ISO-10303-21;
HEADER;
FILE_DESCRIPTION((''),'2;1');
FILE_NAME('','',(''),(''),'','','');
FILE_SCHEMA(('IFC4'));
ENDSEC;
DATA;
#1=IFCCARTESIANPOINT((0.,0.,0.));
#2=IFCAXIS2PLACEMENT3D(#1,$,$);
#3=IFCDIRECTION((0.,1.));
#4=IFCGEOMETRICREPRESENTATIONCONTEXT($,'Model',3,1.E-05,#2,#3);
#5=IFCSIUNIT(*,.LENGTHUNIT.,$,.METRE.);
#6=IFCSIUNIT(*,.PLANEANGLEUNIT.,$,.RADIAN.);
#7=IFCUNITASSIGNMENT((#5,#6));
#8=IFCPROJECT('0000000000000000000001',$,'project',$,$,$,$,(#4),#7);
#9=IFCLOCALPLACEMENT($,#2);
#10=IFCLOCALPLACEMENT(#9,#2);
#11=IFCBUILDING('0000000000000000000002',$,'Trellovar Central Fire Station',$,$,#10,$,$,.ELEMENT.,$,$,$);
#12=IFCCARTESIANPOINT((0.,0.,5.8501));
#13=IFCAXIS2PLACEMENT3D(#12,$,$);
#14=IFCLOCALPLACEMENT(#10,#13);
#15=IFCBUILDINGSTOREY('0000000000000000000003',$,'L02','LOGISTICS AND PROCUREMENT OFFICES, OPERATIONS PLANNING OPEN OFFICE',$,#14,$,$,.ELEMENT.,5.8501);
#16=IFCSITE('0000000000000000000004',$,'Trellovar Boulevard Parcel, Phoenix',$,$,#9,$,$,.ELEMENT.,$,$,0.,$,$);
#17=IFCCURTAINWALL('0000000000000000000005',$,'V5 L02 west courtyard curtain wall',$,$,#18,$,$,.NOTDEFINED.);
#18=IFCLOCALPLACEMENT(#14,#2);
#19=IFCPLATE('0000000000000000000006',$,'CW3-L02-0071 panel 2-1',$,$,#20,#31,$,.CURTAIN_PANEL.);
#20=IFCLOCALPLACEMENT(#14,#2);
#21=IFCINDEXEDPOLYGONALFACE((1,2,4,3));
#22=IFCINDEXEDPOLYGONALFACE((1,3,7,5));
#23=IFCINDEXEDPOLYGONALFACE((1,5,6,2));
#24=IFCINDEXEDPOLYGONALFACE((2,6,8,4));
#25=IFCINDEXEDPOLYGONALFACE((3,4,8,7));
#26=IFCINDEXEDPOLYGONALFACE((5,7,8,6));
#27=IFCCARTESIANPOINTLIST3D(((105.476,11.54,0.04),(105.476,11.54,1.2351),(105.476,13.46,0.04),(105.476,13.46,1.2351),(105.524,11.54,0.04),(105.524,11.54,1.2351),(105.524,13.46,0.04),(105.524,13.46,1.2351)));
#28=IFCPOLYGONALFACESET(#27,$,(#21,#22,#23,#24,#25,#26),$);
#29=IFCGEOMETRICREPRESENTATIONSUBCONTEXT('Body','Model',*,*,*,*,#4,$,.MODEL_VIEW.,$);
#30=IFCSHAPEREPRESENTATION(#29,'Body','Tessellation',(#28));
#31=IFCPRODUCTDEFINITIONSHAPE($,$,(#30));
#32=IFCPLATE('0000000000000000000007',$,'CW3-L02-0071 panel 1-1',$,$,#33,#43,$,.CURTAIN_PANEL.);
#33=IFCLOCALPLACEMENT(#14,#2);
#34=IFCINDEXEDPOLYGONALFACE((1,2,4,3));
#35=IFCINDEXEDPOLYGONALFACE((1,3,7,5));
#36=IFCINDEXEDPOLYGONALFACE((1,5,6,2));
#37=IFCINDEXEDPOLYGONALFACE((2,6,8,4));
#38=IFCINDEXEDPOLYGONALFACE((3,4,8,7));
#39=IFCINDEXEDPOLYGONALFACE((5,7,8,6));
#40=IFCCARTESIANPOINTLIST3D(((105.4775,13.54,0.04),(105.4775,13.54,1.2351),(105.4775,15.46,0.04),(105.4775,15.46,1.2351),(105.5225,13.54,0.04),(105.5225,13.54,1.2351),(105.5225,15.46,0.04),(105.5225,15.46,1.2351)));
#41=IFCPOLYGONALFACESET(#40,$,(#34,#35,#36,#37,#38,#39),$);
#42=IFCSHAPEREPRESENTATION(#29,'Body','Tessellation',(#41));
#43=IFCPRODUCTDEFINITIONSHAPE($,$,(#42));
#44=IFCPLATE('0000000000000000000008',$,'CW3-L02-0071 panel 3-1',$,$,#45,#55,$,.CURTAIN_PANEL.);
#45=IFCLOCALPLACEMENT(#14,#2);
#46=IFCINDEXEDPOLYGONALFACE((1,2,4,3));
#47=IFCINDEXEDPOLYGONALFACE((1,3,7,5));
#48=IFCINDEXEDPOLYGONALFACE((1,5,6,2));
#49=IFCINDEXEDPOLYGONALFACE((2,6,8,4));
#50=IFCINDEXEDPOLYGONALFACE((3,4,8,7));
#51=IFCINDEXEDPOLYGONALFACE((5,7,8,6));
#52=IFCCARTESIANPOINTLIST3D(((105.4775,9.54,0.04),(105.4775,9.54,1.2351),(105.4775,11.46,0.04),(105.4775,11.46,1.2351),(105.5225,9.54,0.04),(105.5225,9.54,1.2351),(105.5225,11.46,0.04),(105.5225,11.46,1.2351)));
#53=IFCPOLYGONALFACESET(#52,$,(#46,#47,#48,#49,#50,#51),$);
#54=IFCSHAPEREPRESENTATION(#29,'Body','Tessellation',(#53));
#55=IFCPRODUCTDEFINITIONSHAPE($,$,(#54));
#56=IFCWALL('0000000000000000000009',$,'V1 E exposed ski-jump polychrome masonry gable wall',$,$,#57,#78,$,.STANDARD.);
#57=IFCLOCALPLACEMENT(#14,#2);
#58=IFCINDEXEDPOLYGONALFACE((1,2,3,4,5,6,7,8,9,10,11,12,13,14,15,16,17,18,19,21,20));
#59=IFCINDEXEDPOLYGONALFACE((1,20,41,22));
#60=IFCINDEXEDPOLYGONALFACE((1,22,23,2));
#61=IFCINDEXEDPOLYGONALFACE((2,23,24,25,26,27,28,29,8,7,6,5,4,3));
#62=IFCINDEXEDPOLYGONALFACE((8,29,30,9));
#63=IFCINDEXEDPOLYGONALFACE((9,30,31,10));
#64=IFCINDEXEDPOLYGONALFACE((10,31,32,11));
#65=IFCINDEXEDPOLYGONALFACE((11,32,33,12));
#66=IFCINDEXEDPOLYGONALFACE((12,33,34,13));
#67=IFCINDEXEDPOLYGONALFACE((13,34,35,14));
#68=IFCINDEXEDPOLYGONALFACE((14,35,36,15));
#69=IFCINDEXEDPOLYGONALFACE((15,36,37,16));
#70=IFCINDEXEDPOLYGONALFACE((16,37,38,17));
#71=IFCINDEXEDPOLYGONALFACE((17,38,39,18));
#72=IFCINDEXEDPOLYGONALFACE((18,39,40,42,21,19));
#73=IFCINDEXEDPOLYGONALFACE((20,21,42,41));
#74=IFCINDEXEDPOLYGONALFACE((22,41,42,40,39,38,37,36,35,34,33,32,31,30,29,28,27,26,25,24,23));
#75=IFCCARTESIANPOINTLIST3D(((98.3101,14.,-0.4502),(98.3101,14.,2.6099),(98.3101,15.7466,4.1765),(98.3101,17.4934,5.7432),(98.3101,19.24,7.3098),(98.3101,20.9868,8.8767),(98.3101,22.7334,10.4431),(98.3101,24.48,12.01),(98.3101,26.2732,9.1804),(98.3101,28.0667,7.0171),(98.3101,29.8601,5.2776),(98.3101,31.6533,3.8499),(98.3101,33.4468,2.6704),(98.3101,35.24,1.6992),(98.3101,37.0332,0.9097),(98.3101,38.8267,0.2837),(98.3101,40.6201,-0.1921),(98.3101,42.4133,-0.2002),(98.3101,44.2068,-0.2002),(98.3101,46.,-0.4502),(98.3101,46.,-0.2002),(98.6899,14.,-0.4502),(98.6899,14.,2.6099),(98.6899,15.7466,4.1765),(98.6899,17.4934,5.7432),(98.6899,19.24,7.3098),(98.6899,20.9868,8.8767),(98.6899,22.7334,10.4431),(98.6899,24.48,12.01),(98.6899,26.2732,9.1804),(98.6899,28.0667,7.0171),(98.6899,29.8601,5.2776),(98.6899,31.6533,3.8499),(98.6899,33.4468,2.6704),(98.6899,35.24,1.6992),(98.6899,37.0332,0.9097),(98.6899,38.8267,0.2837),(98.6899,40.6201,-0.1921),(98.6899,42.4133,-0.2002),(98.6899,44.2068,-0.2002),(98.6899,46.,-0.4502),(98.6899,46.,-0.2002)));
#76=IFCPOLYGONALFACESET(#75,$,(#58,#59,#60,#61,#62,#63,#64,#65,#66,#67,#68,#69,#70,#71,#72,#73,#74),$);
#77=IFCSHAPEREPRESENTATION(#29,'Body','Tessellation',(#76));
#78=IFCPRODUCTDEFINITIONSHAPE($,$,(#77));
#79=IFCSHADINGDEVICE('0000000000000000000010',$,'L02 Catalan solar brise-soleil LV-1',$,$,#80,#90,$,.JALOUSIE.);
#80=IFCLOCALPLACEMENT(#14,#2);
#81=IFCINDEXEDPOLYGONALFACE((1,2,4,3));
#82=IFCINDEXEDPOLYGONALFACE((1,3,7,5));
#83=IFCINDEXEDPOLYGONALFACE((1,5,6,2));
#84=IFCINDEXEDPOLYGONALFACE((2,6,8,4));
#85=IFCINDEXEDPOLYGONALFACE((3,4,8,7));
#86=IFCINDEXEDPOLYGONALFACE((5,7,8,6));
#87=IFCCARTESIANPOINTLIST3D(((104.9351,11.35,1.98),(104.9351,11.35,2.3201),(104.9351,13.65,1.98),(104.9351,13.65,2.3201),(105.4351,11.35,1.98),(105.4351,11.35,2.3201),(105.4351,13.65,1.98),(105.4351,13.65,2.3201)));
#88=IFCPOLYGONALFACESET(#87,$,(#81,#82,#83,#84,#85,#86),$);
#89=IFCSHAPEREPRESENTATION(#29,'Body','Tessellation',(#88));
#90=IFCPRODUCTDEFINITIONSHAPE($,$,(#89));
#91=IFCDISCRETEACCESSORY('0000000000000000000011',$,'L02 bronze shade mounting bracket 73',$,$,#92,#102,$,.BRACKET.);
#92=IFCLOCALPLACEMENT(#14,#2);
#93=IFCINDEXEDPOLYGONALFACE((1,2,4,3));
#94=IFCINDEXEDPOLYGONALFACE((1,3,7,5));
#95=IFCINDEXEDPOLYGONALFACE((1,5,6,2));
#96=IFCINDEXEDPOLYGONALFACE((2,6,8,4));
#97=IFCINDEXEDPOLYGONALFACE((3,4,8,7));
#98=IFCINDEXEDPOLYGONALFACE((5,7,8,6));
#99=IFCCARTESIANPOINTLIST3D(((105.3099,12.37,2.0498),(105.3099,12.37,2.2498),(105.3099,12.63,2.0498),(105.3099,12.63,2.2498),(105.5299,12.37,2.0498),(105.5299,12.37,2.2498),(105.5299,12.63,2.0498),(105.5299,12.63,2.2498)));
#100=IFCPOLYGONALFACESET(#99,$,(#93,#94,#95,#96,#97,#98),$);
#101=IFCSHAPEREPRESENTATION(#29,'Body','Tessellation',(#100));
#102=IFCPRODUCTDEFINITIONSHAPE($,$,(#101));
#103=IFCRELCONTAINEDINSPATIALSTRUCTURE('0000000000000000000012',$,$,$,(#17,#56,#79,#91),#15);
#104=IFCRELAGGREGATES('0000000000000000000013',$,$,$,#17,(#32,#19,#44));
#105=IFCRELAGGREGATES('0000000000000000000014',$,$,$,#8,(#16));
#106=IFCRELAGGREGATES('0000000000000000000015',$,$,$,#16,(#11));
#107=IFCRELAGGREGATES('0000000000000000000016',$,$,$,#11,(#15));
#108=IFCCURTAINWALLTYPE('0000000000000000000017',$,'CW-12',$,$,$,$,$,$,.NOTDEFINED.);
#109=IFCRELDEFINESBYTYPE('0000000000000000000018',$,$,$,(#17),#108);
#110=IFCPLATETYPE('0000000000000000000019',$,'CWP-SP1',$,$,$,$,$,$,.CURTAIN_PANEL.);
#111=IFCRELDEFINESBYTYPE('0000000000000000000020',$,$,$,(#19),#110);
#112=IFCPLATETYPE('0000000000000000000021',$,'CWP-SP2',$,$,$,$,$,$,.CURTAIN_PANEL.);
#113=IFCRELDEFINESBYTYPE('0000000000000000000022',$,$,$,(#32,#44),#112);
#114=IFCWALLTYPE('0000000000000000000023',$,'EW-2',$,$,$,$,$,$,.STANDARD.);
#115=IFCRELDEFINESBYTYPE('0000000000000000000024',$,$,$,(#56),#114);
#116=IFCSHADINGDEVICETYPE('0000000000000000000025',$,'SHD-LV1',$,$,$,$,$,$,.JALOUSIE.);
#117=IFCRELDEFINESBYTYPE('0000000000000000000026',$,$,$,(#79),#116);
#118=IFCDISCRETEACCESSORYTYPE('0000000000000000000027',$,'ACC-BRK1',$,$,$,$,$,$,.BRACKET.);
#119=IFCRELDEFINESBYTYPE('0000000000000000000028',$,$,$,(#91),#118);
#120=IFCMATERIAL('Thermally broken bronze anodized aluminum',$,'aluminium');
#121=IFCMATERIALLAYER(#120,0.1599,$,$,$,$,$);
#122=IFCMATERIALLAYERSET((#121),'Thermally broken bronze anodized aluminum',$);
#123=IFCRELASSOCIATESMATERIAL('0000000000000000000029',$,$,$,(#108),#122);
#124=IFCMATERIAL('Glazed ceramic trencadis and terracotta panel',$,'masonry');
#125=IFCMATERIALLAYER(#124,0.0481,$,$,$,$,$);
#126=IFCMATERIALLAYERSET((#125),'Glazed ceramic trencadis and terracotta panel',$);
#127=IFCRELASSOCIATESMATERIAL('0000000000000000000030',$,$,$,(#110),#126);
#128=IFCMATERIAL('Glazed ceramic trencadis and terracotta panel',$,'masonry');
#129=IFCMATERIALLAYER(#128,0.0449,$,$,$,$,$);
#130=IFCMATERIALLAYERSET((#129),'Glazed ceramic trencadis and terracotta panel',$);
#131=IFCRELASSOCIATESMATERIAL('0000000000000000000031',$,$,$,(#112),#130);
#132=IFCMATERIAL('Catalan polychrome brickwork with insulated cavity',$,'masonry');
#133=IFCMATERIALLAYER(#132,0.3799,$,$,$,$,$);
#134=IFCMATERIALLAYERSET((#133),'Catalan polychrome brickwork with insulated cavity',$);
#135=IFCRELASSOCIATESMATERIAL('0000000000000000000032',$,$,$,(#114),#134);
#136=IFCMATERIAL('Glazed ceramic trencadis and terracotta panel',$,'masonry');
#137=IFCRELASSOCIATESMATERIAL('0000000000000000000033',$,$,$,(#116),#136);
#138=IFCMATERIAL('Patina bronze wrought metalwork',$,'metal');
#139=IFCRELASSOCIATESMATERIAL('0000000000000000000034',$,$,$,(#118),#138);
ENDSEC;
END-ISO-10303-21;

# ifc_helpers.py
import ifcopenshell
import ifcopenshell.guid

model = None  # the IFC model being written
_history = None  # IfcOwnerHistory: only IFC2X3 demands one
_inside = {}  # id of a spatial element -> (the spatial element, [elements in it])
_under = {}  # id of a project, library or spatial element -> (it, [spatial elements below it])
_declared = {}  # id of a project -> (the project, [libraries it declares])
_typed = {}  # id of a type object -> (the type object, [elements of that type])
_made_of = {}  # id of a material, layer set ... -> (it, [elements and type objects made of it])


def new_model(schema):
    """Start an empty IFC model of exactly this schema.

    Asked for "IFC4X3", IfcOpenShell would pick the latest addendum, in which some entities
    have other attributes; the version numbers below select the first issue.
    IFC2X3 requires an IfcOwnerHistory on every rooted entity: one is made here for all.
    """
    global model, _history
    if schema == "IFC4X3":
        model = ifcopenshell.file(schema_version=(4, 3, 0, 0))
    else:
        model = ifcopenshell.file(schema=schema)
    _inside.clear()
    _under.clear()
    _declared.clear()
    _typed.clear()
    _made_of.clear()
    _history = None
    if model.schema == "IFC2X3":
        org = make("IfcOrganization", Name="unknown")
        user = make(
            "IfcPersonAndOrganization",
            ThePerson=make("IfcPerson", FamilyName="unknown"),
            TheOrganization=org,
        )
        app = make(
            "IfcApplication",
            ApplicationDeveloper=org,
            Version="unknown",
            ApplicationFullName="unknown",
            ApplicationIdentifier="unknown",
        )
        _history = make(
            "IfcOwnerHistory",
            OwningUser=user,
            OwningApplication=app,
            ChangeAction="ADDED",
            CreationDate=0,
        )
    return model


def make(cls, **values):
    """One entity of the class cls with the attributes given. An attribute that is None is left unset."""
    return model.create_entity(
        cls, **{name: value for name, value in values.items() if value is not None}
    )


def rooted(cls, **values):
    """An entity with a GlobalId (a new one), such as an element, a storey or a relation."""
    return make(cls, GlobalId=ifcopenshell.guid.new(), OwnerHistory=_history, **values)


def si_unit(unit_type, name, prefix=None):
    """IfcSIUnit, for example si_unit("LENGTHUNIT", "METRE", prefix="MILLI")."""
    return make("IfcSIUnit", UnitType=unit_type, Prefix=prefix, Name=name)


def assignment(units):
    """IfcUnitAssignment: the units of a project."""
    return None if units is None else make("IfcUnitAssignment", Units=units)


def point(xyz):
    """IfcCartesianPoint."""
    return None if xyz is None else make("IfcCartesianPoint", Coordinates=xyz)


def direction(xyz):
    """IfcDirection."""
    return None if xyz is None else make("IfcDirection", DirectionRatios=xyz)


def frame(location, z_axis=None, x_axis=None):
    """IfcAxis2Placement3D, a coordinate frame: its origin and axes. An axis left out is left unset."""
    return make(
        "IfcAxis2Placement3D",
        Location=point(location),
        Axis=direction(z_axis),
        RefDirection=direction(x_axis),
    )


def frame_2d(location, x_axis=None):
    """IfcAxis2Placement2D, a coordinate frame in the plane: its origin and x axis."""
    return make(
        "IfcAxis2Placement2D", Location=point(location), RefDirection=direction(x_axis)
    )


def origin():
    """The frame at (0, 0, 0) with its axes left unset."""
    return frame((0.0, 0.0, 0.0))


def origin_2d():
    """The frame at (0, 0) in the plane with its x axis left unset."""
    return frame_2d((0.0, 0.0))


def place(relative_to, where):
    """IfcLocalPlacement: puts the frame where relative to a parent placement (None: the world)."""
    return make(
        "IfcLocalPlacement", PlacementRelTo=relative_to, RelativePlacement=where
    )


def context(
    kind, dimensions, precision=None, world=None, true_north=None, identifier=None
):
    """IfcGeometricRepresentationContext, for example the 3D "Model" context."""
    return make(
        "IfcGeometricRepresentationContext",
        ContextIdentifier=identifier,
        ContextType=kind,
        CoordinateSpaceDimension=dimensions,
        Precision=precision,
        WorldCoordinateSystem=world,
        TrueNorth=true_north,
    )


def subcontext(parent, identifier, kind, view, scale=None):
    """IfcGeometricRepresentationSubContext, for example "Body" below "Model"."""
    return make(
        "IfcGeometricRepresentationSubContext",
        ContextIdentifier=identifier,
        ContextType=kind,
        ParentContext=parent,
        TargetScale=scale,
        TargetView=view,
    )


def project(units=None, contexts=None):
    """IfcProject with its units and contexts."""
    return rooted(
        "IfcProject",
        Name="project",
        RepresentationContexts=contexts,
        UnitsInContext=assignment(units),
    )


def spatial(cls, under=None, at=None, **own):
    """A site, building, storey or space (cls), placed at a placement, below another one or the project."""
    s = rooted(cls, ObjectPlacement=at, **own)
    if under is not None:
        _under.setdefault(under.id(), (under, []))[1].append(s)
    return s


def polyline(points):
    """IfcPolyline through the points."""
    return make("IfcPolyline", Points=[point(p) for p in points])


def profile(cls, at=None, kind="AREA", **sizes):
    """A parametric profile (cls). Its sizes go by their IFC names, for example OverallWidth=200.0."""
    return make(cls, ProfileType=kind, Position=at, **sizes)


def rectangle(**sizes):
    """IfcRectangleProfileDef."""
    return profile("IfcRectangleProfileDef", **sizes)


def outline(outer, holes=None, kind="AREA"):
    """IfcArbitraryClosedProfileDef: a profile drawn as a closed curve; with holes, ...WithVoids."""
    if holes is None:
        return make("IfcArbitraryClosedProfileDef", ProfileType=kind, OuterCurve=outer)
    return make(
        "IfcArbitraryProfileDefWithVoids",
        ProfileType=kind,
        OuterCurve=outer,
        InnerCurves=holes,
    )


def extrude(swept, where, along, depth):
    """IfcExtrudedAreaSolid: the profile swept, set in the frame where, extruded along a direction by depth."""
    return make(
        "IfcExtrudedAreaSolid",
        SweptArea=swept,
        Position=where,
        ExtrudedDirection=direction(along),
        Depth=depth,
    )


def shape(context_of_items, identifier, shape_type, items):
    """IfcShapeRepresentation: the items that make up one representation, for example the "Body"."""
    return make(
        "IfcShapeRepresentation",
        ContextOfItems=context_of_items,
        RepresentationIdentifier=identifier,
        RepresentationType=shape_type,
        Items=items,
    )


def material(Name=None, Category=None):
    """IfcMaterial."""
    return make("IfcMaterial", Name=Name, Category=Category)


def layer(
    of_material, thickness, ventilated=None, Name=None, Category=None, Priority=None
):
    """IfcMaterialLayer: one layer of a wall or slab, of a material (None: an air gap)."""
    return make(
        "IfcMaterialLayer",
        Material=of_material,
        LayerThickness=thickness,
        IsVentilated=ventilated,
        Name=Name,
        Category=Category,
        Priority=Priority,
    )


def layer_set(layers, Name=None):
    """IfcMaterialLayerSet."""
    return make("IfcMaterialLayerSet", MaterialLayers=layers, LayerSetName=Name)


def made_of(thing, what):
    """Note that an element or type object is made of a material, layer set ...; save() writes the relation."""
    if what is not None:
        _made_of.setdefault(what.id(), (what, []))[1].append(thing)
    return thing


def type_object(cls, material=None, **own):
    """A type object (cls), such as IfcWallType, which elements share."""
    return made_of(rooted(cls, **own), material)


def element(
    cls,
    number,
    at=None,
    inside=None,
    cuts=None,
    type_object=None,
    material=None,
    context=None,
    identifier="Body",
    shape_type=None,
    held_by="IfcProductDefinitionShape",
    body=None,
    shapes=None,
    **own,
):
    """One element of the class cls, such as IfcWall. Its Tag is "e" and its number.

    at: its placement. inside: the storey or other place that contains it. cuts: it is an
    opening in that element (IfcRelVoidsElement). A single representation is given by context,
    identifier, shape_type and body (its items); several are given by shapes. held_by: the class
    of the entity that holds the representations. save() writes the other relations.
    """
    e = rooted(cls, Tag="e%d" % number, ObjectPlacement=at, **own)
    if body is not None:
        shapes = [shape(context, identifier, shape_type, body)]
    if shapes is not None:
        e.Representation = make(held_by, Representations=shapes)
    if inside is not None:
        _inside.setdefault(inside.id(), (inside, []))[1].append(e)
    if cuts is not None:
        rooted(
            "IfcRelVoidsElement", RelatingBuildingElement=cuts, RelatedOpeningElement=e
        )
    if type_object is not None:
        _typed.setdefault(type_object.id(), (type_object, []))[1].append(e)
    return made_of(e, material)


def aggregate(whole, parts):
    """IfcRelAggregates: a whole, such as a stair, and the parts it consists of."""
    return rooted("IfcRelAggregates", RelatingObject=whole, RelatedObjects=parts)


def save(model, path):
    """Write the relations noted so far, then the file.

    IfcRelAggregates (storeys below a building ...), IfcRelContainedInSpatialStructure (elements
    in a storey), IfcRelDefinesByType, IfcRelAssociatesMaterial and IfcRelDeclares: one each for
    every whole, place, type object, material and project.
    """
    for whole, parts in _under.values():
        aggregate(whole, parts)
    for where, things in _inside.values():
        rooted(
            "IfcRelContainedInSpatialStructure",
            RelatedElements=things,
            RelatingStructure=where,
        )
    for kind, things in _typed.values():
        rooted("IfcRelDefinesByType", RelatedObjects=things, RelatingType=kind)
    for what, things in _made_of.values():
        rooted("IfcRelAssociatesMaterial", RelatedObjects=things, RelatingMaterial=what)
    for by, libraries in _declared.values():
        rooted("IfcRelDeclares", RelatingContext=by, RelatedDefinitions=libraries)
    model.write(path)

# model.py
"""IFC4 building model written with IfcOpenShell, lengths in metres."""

from ifc_helpers import new_model, si_unit, direction, frame, origin, origin_2d, place, context, subcontext, project, spatial, polyline, rectangle, outline, extrude, material, layer, layer_set, type_object, element, aggregate, save


model = new_model("IFC4")

# Units and contexts
model_context = context("Model", 3, precision=1e-05, world=origin(), true_north=direction((0.0, 1.0)))
body_context = subcontext(model_context, "Body", "Model", "MODEL_VIEW")
ifc_project = project(units=[si_unit("LENGTHUNIT", "METRE"), si_unit("PLANEANGLEUNIT", "RADIAN")], contexts=[model_context])

# Site, building, storey
site_placement = place(None, origin())
site = spatial("IfcSite", under=ifc_project, at=site_placement, Name="Trellovar Boulevard Parcel, Phoenix", CompositionType="ELEMENT", RefElevation=0.0)
building_placement = place(site_placement, origin())
building = spatial("IfcBuilding", under=site, at=building_placement, Name="Trellovar Central Fire Station", CompositionType="ELEMENT")
storey_placement = place(building_placement, frame((0.0, 0.0, 5.8501)))
storey = spatial("IfcBuildingStorey", under=building, at=storey_placement, Name="L02", Description="LOGISTICS AND PROCUREMENT OFFICES, OPERATIONS PLANNING OPEN OFFICE", CompositionType="ELEMENT", Elevation=5.8501)

# Curtain wall
ifc_material_1 = material(Name="Thermally broken bronze anodized aluminum", Category="aluminium")
ifc_layer_1 = layer(ifc_material_1, 0.1599)
ifc_layer_set_1 = layer_set([ifc_layer_1], Name="Thermally broken bronze anodized aluminum")
curtain_wall_type_1 = type_object("IfcCurtainWallType", Name="CW-12", PredefinedType="NOTDEFINED", material=ifc_layer_set_1)
curtain_wall_1_placement = place(storey_placement, origin())
curtain_wall_1 = element("IfcCurtainWall", 1, at=curtain_wall_1_placement, inside=storey, type_object=curtain_wall_type_1, Name="V5 L02 west courtyard curtain wall", PredefinedType="NOTDEFINED")

# Plates
ifc_material_2 = material(Name="Glazed ceramic trencadis and terracotta panel", Category="masonry")
ifc_layer_2 = layer(ifc_material_2, 0.0481)
ifc_layer_set_2 = layer_set([ifc_layer_2], Name="Glazed ceramic trencadis and terracotta panel")
plate_type_1 = type_object("IfcPlateType", Name="CWP-SP1", PredefinedType="CURTAIN_PANEL", material=ifc_layer_set_2)
plate_1_placement = place(storey_placement, frame((105.5, 12.5, 0.04), z_axis=(0.0, 0.0, 1.0), x_axis=(0.0, -1.0, 0.0)))
plate_1 = element("IfcPlate", 2, at=plate_1_placement, type_object=plate_type_1, Name="CW3-L02-0071 panel 2-1", PredefinedType="CURTAIN_PANEL", context=body_context, shape_type="SweptSolid", body=[
    extrude(rectangle(XDim=1.9199, YDim=0.0481, at=origin_2d()), origin(), (0.0, 0.0, 1.0), 1.1951),
])
ifc_material_3 = material(Name="Glazed ceramic trencadis and terracotta panel", Category="masonry")
ifc_layer_3 = layer(ifc_material_3, 0.0449)
ifc_layer_set_3 = layer_set([ifc_layer_3], Name="Glazed ceramic trencadis and terracotta panel")
plate_type_2 = type_object("IfcPlateType", Name="CWP-SP2", PredefinedType="CURTAIN_PANEL", material=ifc_layer_set_3)
plate_2_placement = place(storey_placement, frame((105.5, 14.5, 0.04), z_axis=(0.0, 0.0, 1.0), x_axis=(0.0, -1.0, 0.0)))
plate_2 = element("IfcPlate", 3, at=plate_2_placement, type_object=plate_type_2, Name="CW3-L02-0071 panel 1-1", PredefinedType="CURTAIN_PANEL", context=body_context, shape_type="SweptSolid", body=[
    extrude(rectangle(XDim=1.9199, YDim=0.0449, at=origin_2d()), origin(), (0.0, 0.0, 1.0), 1.1951),
])
plate_3_placement = place(storey_placement, frame((105.5, 10.5, 0.04), z_axis=(0.0, 0.0, 1.0), x_axis=(0.0, -1.0, 0.0)))
plate_3 = element("IfcPlate", 4, at=plate_3_placement, type_object=plate_type_2, Name="CW3-L02-0071 panel 3-1", PredefinedType="CURTAIN_PANEL", context=body_context, shape_type="SweptSolid", body=[
    extrude(rectangle(XDim=1.9199, YDim=0.0449, at=origin_2d()), origin(), (0.0, 0.0, 1.0), 1.1951),
])
aggregate(curtain_wall_1, [plate_2, plate_1, plate_3])

# Wall
ifc_material_4 = material(Name="Catalan polychrome brickwork with insulated cavity", Category="masonry")
ifc_layer_4 = layer(ifc_material_4, 0.3799)
ifc_layer_set_4 = layer_set([ifc_layer_4], Name="Catalan polychrome brickwork with insulated cavity")
wall_type = type_object("IfcWallType", Name="EW-2", PredefinedType="STANDARD", material=ifc_layer_set_4)
wall_placement = place(storey_placement, frame((98.5, 14.0, -0.4502), z_axis=(0.0, 0.0, 1.0), x_axis=(0.0, 1.0, 0.0)))
element("IfcWall", 5, at=wall_placement, inside=storey, type_object=wall_type, Name="V1 E exposed ski-jump polychrome masonry gable wall", PredefinedType="STANDARD", context=body_context, shape_type="SweptSolid", body=[
    extrude(outline(polyline([(0.0, 0.0), (32.0, 0.0), (32.0, 0.25), (30.2068, 0.25), (28.4133, 0.25), (26.6201, 0.2581), (24.8267, 0.7339), (23.0332, 1.3599), (21.24, 2.1494), (19.4468, 3.1206), (17.6533, 4.3), (15.8601, 5.7278), (14.0667, 7.4673), (12.2732, 9.6306), (10.48, 12.4602), (8.7334, 10.8933), (6.9868, 9.3269), (5.24, 7.76), (3.4934, 6.1934), (1.7466, 4.6267), (0.0, 3.0601), (0.0, 0.0)])), frame((0.0, 0.1899, 0.0), z_axis=(0.0, -1.0, 0.0), x_axis=(1.0, 0.0, 0.0)), (0.0, 0.0, 1.0), 0.3799),
])

# Shading device
ifc_material_5 = material(Name="Glazed ceramic trencadis and terracotta panel", Category="masonry")
shading_device_type = type_object("IfcShadingDeviceType", Name="SHD-LV1", PredefinedType="JALOUSIE", material=ifc_material_5)
shading_device_placement = place(storey_placement, frame((105.1851, 12.5, 1.98), z_axis=(0.0, 0.0, 1.0), x_axis=(0.0, 1.0, 0.0)))
element("IfcShadingDevice", 6, at=shading_device_placement, inside=storey, type_object=shading_device_type, Name="L02 Catalan solar brise-soleil LV-1", PredefinedType="JALOUSIE", context=body_context, shape_type="SweptSolid", body=[
    extrude(rectangle(XDim=2.3, YDim=0.5, at=origin_2d()), origin(), (0.0, 0.0, 1.0), 0.3401),
])

# Discrete accessory
ifc_material_6 = material(Name="Patina bronze wrought metalwork", Category="metal")
discrete_accessory_type = type_object("IfcDiscreteAccessoryType", Name="ACC-BRK1", PredefinedType="BRACKET", material=ifc_material_6)
discrete_accessory_placement = place(storey_placement, frame((105.4199, 12.5, 2.0498), z_axis=(0.0, 0.0, 1.0), x_axis=(0.0, 1.0, 0.0)))
element("IfcDiscreteAccessory", 7, at=discrete_accessory_placement, inside=storey, type_object=discrete_accessory_type, Name="L02 bronze shade mounting bracket 73", PredefinedType="BRACKET", context=body_context, shape_type="SweptSolid", body=[
    extrude(rectangle(XDim=0.26, YDim=0.22, at=origin_2d()), origin(), (0.0, 0.0, 1.0), 0.2),
])

save(model, "model.ifc")
